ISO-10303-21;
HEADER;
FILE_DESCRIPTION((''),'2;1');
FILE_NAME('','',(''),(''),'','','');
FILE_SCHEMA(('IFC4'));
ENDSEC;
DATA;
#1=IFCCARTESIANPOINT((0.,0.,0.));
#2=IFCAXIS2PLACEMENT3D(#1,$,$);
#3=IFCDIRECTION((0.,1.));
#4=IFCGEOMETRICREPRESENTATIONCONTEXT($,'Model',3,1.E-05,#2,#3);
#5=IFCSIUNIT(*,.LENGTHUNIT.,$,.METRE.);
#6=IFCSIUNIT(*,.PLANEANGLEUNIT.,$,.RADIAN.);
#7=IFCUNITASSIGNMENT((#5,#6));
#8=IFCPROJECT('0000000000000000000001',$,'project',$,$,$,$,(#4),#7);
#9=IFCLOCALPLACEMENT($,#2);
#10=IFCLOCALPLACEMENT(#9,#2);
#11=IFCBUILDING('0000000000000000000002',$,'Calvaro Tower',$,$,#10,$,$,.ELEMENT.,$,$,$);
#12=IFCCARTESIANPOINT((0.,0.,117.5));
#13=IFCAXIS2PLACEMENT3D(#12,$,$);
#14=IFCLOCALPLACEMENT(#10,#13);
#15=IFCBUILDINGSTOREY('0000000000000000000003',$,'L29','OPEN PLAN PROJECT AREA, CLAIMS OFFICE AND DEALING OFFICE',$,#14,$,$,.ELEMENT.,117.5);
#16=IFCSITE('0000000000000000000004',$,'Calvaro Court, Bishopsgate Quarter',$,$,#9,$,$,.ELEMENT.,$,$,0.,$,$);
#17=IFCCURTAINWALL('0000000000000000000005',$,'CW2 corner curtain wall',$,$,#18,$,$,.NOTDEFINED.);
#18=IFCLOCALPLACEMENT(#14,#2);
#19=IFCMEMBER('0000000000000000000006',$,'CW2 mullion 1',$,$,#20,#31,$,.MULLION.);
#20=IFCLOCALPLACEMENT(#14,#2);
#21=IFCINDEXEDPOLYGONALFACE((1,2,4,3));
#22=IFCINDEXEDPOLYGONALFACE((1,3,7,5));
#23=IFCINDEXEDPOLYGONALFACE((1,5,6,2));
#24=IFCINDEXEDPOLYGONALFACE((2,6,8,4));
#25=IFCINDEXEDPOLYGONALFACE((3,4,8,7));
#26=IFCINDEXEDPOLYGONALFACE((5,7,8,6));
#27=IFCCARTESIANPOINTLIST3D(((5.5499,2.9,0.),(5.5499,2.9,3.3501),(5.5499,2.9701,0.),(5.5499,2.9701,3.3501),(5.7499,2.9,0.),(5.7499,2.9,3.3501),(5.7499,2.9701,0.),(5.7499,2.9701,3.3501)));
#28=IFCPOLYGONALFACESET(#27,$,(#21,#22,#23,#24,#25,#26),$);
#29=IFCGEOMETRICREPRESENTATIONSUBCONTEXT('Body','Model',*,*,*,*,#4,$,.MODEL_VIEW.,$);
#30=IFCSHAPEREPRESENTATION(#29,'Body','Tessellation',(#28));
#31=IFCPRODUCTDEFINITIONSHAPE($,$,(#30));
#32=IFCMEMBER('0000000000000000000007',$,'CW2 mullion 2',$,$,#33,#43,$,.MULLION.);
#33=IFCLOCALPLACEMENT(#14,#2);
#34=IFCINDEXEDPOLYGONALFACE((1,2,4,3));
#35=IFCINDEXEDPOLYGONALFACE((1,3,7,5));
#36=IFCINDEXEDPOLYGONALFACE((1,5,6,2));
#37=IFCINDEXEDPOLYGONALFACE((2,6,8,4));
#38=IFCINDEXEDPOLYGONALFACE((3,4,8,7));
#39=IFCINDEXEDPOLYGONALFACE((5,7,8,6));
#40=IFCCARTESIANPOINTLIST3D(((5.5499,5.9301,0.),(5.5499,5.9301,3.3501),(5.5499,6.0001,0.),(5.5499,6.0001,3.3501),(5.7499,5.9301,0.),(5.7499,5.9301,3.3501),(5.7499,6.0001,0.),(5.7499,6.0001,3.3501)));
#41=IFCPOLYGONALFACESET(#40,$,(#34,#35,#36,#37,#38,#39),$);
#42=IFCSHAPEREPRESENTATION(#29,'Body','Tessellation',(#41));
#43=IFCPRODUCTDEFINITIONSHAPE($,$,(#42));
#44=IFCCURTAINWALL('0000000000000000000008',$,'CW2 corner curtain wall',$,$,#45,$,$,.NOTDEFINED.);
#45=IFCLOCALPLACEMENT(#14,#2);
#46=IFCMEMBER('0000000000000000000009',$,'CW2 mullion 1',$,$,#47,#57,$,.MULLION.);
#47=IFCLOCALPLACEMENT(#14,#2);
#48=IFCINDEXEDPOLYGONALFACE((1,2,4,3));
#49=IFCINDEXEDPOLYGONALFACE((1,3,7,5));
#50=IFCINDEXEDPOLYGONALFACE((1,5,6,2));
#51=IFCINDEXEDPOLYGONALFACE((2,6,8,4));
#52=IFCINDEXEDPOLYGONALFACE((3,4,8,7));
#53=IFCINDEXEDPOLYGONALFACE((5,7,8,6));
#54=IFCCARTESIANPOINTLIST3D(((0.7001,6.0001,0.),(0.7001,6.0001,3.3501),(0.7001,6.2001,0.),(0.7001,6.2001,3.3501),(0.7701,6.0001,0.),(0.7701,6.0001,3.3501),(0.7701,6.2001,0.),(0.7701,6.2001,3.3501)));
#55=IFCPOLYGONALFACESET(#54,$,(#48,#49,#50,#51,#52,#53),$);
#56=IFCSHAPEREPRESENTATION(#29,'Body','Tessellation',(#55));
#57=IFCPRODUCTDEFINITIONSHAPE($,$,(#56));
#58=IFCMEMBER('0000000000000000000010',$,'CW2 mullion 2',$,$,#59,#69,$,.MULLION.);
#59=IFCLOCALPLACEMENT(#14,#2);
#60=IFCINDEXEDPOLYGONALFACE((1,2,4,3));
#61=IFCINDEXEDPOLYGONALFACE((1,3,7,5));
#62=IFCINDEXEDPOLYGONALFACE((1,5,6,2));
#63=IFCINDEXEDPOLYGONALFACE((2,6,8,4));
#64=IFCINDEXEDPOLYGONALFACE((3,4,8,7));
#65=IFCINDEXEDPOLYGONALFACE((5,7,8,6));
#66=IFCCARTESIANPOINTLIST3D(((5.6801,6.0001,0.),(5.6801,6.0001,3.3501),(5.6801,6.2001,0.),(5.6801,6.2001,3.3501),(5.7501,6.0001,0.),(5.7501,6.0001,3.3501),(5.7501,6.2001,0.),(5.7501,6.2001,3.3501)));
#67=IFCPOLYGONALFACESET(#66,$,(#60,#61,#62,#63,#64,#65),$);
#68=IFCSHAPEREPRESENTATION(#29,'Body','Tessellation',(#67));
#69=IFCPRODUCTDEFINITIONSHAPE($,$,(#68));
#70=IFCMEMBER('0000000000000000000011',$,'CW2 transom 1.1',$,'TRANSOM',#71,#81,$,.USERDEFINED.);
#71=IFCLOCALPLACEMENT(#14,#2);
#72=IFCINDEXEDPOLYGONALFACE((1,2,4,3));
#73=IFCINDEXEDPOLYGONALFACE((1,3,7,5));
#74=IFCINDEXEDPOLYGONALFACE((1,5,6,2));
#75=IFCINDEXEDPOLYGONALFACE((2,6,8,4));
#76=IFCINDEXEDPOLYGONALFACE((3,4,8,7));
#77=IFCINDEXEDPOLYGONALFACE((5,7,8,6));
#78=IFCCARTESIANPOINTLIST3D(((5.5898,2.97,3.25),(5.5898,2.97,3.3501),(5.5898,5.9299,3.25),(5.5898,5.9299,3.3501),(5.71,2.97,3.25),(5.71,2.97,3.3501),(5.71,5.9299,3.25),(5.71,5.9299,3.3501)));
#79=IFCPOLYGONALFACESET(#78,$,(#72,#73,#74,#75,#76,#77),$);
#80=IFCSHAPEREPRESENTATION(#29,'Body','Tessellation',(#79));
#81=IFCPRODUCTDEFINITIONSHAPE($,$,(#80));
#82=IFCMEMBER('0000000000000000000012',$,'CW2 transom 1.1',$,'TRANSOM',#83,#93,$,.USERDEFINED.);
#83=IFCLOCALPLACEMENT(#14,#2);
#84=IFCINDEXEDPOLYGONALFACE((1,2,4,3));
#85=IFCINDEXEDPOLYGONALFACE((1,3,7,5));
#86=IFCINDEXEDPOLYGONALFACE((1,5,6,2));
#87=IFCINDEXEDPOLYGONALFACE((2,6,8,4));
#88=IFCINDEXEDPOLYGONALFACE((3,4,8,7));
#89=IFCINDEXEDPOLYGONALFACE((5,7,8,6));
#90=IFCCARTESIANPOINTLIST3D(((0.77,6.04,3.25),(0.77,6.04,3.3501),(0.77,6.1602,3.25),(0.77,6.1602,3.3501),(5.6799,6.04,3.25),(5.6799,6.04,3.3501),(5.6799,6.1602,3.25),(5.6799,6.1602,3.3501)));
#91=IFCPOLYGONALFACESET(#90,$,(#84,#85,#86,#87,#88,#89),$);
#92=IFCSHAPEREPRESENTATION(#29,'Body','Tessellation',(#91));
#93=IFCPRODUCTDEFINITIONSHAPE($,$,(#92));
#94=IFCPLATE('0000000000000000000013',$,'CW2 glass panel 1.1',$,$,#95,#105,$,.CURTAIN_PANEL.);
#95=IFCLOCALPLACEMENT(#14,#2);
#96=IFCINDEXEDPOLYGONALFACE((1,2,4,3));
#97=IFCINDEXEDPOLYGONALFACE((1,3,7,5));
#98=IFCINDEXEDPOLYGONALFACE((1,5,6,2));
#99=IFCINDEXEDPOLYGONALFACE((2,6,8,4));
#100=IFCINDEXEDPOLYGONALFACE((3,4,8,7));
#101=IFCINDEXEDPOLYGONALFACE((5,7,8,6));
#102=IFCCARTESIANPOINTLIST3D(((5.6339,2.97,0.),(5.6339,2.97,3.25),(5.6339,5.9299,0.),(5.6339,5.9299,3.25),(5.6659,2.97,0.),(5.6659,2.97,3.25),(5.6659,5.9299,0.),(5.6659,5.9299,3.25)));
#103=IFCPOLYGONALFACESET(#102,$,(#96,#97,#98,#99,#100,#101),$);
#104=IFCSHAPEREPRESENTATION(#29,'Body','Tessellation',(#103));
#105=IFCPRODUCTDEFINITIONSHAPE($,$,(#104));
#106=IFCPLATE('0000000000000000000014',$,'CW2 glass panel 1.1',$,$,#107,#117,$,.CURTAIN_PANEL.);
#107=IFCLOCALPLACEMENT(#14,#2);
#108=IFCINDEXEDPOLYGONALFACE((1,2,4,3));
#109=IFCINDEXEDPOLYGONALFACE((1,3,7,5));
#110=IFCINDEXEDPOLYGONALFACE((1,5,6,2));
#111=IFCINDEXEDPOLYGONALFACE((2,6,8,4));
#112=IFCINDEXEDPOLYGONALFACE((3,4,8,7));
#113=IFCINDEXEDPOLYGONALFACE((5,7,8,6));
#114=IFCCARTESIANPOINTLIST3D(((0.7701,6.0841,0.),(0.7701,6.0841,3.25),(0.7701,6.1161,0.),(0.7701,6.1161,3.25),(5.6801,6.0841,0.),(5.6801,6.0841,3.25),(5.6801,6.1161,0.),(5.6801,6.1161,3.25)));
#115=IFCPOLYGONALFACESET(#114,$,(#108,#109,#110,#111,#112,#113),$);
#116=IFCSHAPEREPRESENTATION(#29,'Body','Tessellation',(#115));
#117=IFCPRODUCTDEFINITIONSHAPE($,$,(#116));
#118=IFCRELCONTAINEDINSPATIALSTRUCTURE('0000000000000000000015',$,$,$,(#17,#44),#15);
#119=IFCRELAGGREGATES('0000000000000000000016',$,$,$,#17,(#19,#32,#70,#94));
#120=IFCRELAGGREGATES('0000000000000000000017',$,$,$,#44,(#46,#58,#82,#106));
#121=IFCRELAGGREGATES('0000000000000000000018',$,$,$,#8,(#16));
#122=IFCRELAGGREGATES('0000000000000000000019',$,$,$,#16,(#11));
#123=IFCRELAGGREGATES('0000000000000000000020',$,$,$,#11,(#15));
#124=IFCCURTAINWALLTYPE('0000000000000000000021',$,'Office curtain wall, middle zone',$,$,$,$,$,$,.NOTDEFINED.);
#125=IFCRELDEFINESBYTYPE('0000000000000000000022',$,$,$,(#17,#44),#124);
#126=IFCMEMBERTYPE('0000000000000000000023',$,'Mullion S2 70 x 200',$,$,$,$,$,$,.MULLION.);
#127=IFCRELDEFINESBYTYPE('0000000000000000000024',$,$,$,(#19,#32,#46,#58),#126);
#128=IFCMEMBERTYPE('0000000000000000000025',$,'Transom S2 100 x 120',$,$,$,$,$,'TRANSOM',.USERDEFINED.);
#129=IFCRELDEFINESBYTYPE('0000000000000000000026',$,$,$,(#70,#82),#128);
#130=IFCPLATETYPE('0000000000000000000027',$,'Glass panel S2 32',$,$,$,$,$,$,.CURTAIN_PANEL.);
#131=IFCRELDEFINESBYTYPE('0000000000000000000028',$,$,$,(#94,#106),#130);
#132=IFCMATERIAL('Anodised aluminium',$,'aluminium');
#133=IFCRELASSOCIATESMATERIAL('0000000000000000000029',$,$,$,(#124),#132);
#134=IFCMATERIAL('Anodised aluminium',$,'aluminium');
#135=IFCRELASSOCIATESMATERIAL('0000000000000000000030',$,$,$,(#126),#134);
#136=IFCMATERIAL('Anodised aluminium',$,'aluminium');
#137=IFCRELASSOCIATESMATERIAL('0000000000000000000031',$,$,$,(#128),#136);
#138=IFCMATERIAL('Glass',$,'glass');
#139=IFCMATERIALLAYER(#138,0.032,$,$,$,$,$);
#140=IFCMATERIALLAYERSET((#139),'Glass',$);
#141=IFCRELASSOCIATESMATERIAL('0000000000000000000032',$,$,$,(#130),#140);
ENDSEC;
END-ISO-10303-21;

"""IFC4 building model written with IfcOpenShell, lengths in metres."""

from ifc_helpers import new_model, si_unit, direction, frame, origin, origin_2d, place, context, subcontext, project, spatial, rectangle, extrude, material, layer, layer_set, material_profile, profile_set, type_object, element, aggregate, save


model = new_model("IFC4")

# Units and contexts
model_context = context("Model", 3, precision=1e-05, world=origin(), true_north=direction((0.0, 1.0)))
body_context = subcontext(model_context, "Body", "Model", "MODEL_VIEW")
ifc_project = project(units=[si_unit("LENGTHUNIT", "METRE"), si_unit("PLANEANGLEUNIT", "RADIAN")], contexts=[model_context])

# Site, building, storey
site_placement = place(None, origin())
site = spatial("IfcSite", under=ifc_project, at=site_placement, Name="Calvaro Court, Bishopsgate Quarter", CompositionType="ELEMENT", RefElevation=0.0)
building_placement = place(site_placement, origin())
building = spatial("IfcBuilding", under=site, at=building_placement, Name="Calvaro Tower", CompositionType="ELEMENT")
storey_placement = place(building_placement, frame((0.0, 0.0, 117.5)))
storey = spatial("IfcBuildingStorey", under=building, at=storey_placement, Name="L29", Description="OPEN PLAN PROJECT AREA, CLAIMS OFFICE AND DEALING OFFICE", CompositionType="ELEMENT", Elevation=117.5)

# Curtain walls, members
ifc_material_1 = material(Name="Anodised aluminium", Category="aluminium")
curtain_wall_type = type_object("IfcCurtainWallType", Name="Office curtain wall, middle zone", PredefinedType="NOTDEFINED", material=ifc_material_1)
curtain_wall_1_placement = place(storey_placement, origin())
curtain_wall_1 = element("IfcCurtainWall", 1, at=curtain_wall_1_placement, inside=storey, type_object=curtain_wall_type, Name="CW2 corner curtain wall", PredefinedType="NOTDEFINED")
ifc_material_2 = material(Name="Anodised aluminium", Category="aluminium")
ifc_material_profile_1 = material_profile(ifc_material_2, rectangle(XDim=0.2, YDim=0.0701, at=origin_2d()), Name="Mullion S2 70 x 200")
ifc_profile_set_1 = profile_set([ifc_material_profile_1], Name="Anodised aluminium")
member_type_1 = type_object("IfcMemberType", Name="Mullion S2 70 x 200", PredefinedType="MULLION", material=ifc_profile_set_1)
member_1_placement = place(storey_placement, frame((5.6499, 2.9351, 0.0), z_axis=(0.0, 0.0, 1.0), x_axis=(-1.0, 0.0, 0.0)))
member_1 = element("IfcMember", 2, at=member_1_placement, type_object=member_type_1, Name="CW2 mullion 1", PredefinedType="MULLION", context=body_context, shape_type="SweptSolid", body=[
    extrude(rectangle(XDim=0.2, YDim=0.0701, at=origin_2d()), origin(), (0.0, 0.0, 1.0), 3.3501),
])
member_2_placement = place(storey_placement, frame((5.6499, 5.9651, 0.0), z_axis=(0.0, 0.0, 1.0), x_axis=(-1.0, 0.0, 0.0)))
member_2 = element("IfcMember", 3, at=member_2_placement, type_object=member_type_1, Name="CW2 mullion 2", PredefinedType="MULLION", context=body_context, shape_type="SweptSolid", body=[
    extrude(rectangle(XDim=0.2, YDim=0.0701, at=origin_2d()), origin(), (0.0, 0.0, 1.0), 3.3501),
])
curtain_wall_2_placement = place(storey_placement, origin())
curtain_wall_2 = element("IfcCurtainWall", 4, at=curtain_wall_2_placement, inside=storey, type_object=curtain_wall_type, Name="CW2 corner curtain wall", PredefinedType="NOTDEFINED")
member_3_placement = place(storey_placement, frame((0.7351, 6.1001, 0.0), z_axis=(0.0, 0.0, 1.0), x_axis=(0.0, 1.0, 0.0)))
member_3 = element("IfcMember", 5, at=member_3_placement, type_object=member_type_1, Name="CW2 mullion 1", PredefinedType="MULLION", context=body_context, shape_type="SweptSolid", body=[
    extrude(rectangle(XDim=0.2, YDim=0.0701, at=origin_2d()), origin(), (0.0, 0.0, 1.0), 3.3501),
])
member_4_placement = place(storey_placement, frame((5.7151, 6.1001, 0.0), z_axis=(0.0, 0.0, 1.0), x_axis=(0.0, 1.0, 0.0)))
member_4 = element("IfcMember", 6, at=member_4_placement, type_object=member_type_1, Name="CW2 mullion 2", PredefinedType="MULLION", context=body_context, shape_type="SweptSolid", body=[
    extrude(rectangle(XDim=0.2, YDim=0.0701, at=origin_2d()), origin(), (0.0, 0.0, 1.0), 3.3501),
])

# Members
ifc_material_3 = material(Name="Anodised aluminium", Category="aluminium")
ifc_material_profile_2 = material_profile(ifc_material_3, rectangle(XDim=0.1201, YDim=0.1001, at=origin_2d()), Name="Transom S2 100 x 120")
ifc_profile_set_2 = profile_set([ifc_material_profile_2], Name="Anodised aluminium")
member_type_2 = type_object("IfcMemberType", Name="Transom S2 100 x 120", ElementType="TRANSOM", PredefinedType="USERDEFINED", material=ifc_profile_set_2)
member_5_placement = place(storey_placement, frame((5.6499, 2.97, 3.3), z_axis=(0.0, 1.0, 0.0), x_axis=(-1.0, 0.0, 0.0)))
member_5 = element("IfcMember", 7, at=member_5_placement, type_object=member_type_2, Name="CW2 transom 1.1", ObjectType="TRANSOM", PredefinedType="USERDEFINED", context=body_context, shape_type="SweptSolid", body=[
    extrude(rectangle(XDim=0.1201, YDim=0.1001, at=origin_2d()), origin(), (0.0, 0.0, 1.0), 2.96),
])
member_6_placement = place(storey_placement, frame((0.77, 6.1001, 3.3), z_axis=(1.0, 0.0, 0.0), x_axis=(0.0, 1.0, 0.0)))
member_6 = element("IfcMember", 8, at=member_6_placement, type_object=member_type_2, Name="CW2 transom 1.1", ObjectType="TRANSOM", PredefinedType="USERDEFINED", context=body_context, shape_type="SweptSolid", body=[
    extrude(rectangle(XDim=0.1201, YDim=0.1001, at=origin_2d()), origin(), (0.0, 0.0, 1.0), 4.9099),
])

# Plates
ifc_material_4 = material(Name="Glass", Category="glass")
ifc_layer_1 = layer(ifc_material_4, 0.032)
ifc_layer_set_1 = layer_set([ifc_layer_1], Name="Glass")
plate_type = type_object("IfcPlateType", Name="Glass panel S2 32", PredefinedType="CURTAIN_PANEL", material=ifc_layer_set_1)
plate_1_placement = place(storey_placement, frame((5.6499, 4.45, 0.0), z_axis=(0.0, 0.0, 1.0), x_axis=(0.0, 1.0, 0.0)))
plate_1 = element("IfcPlate", 9, at=plate_1_placement, type_object=plate_type, Name="CW2 glass panel 1.1", PredefinedType="CURTAIN_PANEL", context=body_context, shape_type="SweptSolid", body=[
    extrude(rectangle(XDim=2.96, YDim=0.032, at=origin_2d()), origin(), (0.0, 0.0, 1.0), 3.25),
])
aggregate(curtain_wall_1, [member_1, member_2, member_5, plate_1])
plate_2_placement = place(storey_placement, frame((3.2251, 6.1001, 0.0), z_axis=(0.0, 0.0, 1.0), x_axis=(1.0, 0.0, 0.0)))
plate_2 = element("IfcPlate", 10, at=plate_2_placement, type_object=plate_type, Name="CW2 glass panel 1.1", PredefinedType="CURTAIN_PANEL", context=body_context, shape_type="SweptSolid", body=[
    extrude(rectangle(XDim=4.9099, YDim=0.032, at=origin_2d()), origin(), (0.0, 0.0, 1.0), 3.25),
])
aggregate(curtain_wall_2, [member_3, member_4, member_6, plate_2])

save(model, "model.ifc")
